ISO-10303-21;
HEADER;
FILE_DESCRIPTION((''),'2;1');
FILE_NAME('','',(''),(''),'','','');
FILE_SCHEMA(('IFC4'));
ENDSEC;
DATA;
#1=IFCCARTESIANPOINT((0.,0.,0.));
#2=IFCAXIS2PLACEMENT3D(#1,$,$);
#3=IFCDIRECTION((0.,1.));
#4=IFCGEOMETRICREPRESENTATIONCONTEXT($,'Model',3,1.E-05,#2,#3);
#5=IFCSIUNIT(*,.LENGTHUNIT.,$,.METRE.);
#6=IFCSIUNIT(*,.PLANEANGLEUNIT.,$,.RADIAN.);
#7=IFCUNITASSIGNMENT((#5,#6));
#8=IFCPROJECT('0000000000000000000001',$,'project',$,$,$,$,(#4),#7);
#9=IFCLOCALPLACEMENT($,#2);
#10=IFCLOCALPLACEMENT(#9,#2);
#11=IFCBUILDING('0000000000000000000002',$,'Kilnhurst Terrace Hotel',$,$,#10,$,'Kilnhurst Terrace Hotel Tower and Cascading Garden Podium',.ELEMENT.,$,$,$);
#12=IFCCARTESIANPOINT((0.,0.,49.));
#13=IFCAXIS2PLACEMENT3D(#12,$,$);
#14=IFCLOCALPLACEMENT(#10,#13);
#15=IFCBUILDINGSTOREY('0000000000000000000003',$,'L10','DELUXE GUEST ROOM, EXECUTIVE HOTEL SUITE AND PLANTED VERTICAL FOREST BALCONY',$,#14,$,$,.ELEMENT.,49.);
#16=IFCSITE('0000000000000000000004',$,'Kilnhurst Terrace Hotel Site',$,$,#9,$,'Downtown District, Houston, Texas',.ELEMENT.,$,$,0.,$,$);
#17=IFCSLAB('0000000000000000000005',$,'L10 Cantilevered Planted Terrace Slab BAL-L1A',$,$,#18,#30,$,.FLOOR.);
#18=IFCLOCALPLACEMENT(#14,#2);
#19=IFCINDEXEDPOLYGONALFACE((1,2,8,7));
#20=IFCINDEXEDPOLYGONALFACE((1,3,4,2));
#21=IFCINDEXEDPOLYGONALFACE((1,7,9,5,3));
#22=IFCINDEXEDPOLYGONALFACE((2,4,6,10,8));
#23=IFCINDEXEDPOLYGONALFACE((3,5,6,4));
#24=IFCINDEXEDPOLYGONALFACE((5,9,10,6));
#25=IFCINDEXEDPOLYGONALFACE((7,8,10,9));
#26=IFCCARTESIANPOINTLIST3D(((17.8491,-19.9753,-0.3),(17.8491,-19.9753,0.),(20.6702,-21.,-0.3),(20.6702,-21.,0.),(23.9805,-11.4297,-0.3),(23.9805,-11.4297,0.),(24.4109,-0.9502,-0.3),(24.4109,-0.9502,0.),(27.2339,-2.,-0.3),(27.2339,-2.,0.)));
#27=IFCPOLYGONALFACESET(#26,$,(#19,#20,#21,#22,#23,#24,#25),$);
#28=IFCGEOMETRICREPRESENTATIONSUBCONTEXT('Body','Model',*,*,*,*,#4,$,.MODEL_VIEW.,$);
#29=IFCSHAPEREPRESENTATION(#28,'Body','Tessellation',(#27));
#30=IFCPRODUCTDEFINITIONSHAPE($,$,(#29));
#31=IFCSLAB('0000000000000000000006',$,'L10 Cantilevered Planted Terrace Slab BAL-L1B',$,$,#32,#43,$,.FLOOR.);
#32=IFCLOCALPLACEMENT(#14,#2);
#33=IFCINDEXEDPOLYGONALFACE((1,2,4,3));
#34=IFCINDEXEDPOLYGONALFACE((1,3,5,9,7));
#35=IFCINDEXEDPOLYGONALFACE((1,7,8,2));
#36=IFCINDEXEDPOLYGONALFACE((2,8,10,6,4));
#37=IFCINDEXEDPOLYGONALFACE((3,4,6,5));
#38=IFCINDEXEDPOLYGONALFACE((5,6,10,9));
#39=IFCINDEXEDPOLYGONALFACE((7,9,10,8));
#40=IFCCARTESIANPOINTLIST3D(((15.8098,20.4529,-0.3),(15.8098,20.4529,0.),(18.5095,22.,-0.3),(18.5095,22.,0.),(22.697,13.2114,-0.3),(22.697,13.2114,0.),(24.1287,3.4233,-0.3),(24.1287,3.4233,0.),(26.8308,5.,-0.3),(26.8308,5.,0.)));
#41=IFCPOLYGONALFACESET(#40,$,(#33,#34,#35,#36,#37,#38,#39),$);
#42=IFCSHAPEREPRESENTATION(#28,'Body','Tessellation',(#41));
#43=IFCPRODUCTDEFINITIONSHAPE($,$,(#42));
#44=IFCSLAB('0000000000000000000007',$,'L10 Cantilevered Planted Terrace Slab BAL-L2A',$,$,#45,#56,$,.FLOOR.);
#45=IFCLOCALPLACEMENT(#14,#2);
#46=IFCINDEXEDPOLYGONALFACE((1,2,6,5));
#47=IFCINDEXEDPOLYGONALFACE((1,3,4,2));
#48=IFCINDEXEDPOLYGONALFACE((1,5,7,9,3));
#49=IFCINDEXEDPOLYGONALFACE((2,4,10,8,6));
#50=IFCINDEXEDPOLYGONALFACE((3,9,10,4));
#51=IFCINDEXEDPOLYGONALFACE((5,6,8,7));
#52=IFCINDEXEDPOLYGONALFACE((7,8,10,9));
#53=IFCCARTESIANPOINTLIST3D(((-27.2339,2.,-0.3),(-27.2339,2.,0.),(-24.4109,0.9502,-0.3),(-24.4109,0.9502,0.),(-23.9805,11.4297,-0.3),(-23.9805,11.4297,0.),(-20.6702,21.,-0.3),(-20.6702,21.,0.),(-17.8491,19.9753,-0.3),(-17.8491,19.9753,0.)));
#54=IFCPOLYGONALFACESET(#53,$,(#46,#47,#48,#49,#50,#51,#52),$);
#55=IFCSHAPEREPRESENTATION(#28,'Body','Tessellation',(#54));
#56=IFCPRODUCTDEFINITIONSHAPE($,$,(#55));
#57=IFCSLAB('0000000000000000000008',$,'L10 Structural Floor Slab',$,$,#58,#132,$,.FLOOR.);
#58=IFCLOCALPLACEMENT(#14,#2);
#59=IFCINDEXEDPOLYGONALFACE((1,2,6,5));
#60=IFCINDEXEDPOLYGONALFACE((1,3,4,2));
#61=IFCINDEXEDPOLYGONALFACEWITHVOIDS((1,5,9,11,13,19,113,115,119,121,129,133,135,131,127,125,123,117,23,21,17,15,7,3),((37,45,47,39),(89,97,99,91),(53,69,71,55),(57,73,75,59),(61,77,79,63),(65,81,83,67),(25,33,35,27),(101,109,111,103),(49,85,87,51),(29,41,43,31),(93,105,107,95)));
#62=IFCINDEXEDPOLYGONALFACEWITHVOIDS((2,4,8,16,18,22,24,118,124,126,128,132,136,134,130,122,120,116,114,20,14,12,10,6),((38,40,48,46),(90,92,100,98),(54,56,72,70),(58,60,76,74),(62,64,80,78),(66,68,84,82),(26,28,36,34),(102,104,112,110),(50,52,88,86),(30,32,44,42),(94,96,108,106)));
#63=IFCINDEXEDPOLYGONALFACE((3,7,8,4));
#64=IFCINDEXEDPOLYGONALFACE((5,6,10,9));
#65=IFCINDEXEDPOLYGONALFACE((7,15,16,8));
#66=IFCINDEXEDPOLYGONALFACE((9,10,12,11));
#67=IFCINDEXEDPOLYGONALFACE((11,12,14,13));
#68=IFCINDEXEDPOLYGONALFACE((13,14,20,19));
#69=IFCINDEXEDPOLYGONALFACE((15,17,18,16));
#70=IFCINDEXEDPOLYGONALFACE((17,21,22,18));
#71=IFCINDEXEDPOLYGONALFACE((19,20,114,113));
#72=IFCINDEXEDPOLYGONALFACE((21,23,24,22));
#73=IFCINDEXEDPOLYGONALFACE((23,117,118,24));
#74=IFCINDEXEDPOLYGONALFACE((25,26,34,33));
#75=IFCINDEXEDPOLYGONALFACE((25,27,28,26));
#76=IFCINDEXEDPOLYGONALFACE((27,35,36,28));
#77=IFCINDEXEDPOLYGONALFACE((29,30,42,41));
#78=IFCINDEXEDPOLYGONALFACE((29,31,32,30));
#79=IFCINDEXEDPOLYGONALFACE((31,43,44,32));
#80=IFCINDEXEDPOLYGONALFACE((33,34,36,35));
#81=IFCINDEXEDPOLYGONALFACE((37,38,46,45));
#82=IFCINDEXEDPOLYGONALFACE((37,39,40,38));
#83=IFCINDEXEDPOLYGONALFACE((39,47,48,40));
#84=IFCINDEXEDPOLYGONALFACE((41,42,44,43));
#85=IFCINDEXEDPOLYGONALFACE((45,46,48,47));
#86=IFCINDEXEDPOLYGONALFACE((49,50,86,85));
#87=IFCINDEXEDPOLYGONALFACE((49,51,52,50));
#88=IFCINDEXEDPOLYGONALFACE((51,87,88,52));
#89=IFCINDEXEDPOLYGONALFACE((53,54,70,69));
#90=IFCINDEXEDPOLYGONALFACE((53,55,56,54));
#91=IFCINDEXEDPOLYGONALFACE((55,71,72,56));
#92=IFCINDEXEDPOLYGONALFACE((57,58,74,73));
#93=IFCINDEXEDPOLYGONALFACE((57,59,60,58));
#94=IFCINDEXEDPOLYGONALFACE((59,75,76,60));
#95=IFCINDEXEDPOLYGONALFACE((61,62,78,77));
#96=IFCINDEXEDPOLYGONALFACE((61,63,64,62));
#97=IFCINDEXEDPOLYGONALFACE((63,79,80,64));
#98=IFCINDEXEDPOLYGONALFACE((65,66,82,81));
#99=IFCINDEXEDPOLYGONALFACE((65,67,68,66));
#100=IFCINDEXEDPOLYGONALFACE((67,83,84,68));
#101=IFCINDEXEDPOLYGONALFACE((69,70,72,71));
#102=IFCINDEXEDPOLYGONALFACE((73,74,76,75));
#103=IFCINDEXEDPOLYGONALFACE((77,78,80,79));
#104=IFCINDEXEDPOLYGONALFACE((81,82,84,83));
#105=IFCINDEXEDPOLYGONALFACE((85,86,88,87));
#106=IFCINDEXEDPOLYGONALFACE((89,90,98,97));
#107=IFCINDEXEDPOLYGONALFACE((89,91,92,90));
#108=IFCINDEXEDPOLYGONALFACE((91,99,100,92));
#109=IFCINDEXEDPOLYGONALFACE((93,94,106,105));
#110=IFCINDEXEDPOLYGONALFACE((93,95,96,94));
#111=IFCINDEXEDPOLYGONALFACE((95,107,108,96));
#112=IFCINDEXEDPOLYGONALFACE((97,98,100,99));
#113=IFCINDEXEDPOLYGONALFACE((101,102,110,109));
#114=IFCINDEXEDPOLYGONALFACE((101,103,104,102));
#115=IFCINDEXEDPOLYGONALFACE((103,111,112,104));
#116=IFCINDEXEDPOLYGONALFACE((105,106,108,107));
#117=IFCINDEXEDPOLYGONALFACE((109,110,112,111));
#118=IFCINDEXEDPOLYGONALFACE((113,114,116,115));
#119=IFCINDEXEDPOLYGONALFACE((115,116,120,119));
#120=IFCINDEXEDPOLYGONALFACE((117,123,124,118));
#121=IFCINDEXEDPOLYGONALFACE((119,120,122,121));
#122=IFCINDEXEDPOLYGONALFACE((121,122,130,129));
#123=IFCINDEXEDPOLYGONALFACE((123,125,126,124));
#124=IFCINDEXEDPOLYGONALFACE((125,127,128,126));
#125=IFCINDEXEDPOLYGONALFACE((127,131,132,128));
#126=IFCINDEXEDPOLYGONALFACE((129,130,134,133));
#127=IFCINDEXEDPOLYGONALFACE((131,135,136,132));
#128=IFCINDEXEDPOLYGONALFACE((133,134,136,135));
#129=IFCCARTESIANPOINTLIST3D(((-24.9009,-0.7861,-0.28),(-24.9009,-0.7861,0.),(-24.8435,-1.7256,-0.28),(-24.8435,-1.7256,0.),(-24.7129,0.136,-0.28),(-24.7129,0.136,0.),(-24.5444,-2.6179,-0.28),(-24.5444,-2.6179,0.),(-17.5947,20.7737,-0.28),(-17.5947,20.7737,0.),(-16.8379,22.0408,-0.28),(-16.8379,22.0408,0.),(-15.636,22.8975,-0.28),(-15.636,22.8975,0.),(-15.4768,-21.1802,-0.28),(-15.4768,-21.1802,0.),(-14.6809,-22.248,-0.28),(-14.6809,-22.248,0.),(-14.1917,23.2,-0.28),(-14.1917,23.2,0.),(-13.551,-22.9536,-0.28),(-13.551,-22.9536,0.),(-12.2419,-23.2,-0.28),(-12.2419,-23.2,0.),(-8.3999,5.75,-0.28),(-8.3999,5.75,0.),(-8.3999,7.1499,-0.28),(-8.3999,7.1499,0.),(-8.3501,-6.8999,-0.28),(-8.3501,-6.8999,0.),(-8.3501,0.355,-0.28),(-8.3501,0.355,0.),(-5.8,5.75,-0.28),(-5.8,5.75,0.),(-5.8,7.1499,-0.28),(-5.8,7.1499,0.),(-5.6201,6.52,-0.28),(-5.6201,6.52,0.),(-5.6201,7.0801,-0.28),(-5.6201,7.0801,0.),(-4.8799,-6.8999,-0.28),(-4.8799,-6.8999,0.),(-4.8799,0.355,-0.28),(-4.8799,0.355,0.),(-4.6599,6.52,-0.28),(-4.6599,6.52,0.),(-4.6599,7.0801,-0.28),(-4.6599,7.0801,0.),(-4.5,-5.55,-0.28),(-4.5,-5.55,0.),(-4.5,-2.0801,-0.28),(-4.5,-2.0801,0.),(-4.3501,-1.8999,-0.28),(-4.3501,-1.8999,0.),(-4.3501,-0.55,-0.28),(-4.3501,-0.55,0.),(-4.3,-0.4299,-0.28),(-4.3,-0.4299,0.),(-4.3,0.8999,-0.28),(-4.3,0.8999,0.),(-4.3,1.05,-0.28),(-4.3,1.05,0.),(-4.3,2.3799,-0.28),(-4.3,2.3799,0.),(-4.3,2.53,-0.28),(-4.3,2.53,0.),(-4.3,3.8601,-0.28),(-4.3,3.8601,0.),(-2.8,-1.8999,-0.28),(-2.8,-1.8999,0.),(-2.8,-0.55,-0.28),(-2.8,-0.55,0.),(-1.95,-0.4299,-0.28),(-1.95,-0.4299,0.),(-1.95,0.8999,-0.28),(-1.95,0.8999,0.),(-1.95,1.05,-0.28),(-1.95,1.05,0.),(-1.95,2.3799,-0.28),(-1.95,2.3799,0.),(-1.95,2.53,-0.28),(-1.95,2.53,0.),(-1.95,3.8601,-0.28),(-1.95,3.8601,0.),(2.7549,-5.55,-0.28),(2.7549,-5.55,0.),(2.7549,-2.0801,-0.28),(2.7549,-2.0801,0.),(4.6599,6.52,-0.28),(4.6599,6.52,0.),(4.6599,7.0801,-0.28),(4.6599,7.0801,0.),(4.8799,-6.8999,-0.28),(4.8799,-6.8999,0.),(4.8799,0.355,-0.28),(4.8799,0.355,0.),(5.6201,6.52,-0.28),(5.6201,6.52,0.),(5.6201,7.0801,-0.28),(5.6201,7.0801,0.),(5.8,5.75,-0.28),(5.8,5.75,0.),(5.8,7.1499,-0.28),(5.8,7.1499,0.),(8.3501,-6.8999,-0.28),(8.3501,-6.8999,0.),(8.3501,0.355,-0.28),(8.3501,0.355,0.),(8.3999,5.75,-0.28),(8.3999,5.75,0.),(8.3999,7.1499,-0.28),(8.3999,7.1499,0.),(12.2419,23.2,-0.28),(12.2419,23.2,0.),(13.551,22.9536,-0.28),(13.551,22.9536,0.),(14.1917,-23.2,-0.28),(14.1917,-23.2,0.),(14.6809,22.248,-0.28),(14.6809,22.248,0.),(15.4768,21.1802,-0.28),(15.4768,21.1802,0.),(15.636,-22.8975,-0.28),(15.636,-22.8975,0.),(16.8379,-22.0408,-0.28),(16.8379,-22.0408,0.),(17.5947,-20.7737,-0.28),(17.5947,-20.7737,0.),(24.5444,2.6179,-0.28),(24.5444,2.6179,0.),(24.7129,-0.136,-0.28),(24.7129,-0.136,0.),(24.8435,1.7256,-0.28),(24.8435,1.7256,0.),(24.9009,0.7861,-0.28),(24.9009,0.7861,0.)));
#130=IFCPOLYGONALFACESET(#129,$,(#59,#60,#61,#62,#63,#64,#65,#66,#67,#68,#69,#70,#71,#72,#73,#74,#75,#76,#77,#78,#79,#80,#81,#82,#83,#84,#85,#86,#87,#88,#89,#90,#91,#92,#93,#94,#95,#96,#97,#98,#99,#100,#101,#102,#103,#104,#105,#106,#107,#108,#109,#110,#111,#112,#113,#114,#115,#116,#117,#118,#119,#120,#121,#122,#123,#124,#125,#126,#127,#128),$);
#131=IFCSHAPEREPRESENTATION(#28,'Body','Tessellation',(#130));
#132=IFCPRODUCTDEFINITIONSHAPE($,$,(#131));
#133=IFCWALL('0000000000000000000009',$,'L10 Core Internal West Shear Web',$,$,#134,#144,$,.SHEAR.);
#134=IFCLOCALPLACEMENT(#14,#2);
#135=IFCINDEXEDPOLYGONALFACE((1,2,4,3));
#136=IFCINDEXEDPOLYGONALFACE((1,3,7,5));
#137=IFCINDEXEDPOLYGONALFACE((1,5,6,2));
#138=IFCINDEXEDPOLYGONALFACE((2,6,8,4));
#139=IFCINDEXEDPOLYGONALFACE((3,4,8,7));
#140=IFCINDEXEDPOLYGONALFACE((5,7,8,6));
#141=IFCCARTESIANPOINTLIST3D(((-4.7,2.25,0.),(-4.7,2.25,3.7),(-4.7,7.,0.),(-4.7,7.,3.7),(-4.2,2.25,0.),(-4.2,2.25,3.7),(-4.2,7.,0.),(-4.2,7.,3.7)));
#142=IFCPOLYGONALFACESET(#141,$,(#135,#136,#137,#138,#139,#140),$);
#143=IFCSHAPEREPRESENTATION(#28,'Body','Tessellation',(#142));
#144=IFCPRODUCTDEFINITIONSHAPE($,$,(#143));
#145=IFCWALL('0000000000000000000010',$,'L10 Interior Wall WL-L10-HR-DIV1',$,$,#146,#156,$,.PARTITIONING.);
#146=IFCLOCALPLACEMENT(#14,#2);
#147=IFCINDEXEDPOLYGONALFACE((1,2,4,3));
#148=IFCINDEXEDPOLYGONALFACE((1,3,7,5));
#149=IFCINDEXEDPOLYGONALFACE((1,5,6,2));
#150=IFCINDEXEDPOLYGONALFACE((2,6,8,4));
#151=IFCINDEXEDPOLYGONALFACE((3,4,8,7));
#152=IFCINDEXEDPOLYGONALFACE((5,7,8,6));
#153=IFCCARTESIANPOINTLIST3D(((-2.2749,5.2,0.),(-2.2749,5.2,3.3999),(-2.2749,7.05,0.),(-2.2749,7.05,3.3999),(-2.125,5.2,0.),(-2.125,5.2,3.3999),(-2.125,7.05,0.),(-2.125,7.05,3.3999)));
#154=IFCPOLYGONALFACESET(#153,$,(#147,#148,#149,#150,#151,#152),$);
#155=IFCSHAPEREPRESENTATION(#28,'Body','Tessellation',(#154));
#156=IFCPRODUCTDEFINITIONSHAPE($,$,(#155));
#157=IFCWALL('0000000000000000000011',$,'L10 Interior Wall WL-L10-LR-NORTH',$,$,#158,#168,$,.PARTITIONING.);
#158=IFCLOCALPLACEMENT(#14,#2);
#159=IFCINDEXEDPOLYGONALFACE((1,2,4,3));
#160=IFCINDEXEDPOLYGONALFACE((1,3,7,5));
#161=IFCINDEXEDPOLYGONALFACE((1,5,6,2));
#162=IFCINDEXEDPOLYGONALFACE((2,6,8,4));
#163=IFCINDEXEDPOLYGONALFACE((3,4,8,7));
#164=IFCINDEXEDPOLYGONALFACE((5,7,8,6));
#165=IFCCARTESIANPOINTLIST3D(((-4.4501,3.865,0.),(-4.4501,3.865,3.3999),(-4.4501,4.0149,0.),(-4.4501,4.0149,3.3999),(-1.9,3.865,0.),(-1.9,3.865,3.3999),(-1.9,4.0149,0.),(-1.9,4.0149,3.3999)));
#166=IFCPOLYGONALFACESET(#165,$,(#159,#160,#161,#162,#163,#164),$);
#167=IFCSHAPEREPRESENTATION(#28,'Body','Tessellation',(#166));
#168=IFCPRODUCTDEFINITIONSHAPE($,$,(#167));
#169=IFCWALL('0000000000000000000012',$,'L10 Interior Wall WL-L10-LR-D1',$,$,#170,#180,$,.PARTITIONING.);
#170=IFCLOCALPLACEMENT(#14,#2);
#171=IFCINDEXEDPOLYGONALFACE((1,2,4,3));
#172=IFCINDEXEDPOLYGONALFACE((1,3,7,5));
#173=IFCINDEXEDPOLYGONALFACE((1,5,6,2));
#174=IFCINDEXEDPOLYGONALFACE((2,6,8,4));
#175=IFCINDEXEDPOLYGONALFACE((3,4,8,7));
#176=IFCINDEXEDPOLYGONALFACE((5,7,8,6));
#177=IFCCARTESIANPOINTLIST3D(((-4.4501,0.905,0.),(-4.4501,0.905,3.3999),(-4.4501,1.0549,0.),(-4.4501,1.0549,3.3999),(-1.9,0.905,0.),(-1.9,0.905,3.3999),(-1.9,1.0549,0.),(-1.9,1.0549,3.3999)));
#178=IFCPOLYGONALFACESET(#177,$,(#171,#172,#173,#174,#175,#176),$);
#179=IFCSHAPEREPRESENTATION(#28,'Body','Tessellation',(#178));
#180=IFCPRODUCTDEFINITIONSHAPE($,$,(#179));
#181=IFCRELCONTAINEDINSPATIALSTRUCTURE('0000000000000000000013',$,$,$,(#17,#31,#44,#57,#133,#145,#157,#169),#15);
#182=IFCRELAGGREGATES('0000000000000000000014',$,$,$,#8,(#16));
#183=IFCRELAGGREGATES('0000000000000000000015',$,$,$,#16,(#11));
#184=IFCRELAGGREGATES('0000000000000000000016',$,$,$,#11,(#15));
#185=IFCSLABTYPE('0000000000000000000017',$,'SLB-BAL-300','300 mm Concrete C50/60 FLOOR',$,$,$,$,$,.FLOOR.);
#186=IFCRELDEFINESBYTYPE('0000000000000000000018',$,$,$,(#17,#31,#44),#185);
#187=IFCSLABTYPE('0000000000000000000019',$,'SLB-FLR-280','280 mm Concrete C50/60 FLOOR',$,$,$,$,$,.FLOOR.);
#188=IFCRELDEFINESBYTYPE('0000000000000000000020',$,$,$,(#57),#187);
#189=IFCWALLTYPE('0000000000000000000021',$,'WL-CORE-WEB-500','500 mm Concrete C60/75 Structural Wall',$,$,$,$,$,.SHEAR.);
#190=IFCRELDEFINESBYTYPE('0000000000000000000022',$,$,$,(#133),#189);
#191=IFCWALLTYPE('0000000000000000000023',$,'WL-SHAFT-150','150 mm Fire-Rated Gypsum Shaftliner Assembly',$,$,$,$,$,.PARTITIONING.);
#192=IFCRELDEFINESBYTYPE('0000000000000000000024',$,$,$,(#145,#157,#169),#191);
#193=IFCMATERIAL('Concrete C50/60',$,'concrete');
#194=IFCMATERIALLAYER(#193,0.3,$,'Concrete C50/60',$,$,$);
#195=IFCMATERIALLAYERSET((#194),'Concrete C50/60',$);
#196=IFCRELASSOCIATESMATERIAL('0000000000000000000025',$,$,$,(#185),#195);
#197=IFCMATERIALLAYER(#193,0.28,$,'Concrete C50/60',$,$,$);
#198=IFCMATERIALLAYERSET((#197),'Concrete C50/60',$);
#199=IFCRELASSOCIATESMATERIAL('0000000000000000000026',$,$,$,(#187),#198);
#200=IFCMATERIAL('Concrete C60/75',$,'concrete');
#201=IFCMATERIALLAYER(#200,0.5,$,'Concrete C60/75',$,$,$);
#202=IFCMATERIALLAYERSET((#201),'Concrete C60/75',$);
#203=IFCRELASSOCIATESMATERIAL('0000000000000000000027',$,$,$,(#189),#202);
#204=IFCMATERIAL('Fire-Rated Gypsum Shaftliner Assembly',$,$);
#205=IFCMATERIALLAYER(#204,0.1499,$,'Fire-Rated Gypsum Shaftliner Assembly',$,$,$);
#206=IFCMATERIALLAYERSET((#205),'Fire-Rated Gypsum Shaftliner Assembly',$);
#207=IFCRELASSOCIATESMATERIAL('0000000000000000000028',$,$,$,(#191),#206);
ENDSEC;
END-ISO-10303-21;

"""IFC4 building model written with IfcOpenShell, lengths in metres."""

from ifc_helpers import new_model, si_unit, direction, frame, frame_2d, origin, place, context, subcontext, project, spatial, polyline, rectangle, outline, extrude, material, layer, layer_set, type_object, element, save


model = new_model("IFC4")

# Units and contexts
model_context = context("Model", 3, precision=1e-05, world=origin(), true_north=direction((0.0, 1.0)))
body_context = subcontext(model_context, "Body", "Model", "MODEL_VIEW")
ifc_project = project(units=[si_unit("LENGTHUNIT", "METRE"), si_unit("PLANEANGLEUNIT", "RADIAN")], contexts=[model_context])

# Site, building, storey
site_placement = place(None, origin())
site = spatial("IfcSite", under=ifc_project, at=site_placement, Name="Kilnhurst Terrace Hotel Site", LongName="Downtown District, Houston, Texas", CompositionType="ELEMENT", RefElevation=0.0)
building_placement = place(site_placement, origin())
building = spatial("IfcBuilding", under=site, at=building_placement, Name="Kilnhurst Terrace Hotel", LongName="Kilnhurst Terrace Hotel Tower and Cascading Garden Podium", CompositionType="ELEMENT")
storey_placement = place(building_placement, frame((0.0, 0.0, 49.0)))
storey = spatial("IfcBuildingStorey", under=building, at=storey_placement, Name="L10", Description="DELUXE GUEST ROOM, EXECUTIVE HOTEL SUITE AND PLANTED VERTICAL FOREST BALCONY", CompositionType="ELEMENT", Elevation=49.0)

# Slabs
ifc_material_1 = material(Name="Concrete C50/60", Category="concrete")
ifc_layer_1 = layer(ifc_material_1, 0.3, Name="Concrete C50/60")
ifc_layer_set_1 = layer_set([ifc_layer_1], Name="Concrete C50/60")
slab_type_1 = type_object("IfcSlabType", Name="SLB-BAL-300", Description="300 mm Concrete C50/60 FLOOR", PredefinedType="FLOOR", material=ifc_layer_set_1)
slab_1_placement = place(storey_placement, frame((0.0, 0.0, -0.3)))
element("IfcSlab", 1, at=slab_1_placement, inside=storey, type_object=slab_type_1, Name="L10 Cantilevered Planted Terrace Slab BAL-L1A", PredefinedType="FLOOR", context=body_context, shape_type="SweptSolid", body=[
    extrude(outline(polyline([(23.9805, -11.4297), (20.6702, -21.0), (17.8491, -19.9753), (24.4109, -0.9502), (27.2339, -2.0), (23.9805, -11.4297)])), origin(), (0.0, 0.0, 1.0), 0.3),
])
slab_2_placement = place(storey_placement, frame((0.0, 0.0, -0.3)))
element("IfcSlab", 2, at=slab_2_placement, inside=storey, type_object=slab_type_1, Name="L10 Cantilevered Planted Terrace Slab BAL-L1B", PredefinedType="FLOOR", context=body_context, shape_type="SweptSolid", body=[
    extrude(outline(polyline([(26.8308, 5.0), (24.1287, 3.4233), (15.8098, 20.4529), (18.5095, 22.0), (22.697, 13.2114), (26.8308, 5.0)])), origin(), (0.0, 0.0, 1.0), 0.3),
])
slab_3_placement = place(storey_placement, frame((0.0, 0.0, -0.3)))
element("IfcSlab", 3, at=slab_3_placement, inside=storey, type_object=slab_type_1, Name="L10 Cantilevered Planted Terrace Slab BAL-L2A", PredefinedType="FLOOR", context=body_context, shape_type="SweptSolid", body=[
    extrude(outline(polyline([(-20.6702, 21.0), (-17.8491, 19.9753), (-24.4109, 0.9502), (-27.2339, 2.0), (-23.9805, 11.4297), (-20.6702, 21.0)])), origin(), (0.0, 0.0, 1.0), 0.3),
])
ifc_layer_2 = layer(ifc_material_1, 0.28, Name="Concrete C50/60")
ifc_layer_set_2 = layer_set([ifc_layer_2], Name="Concrete C50/60")
slab_type_2 = type_object("IfcSlabType", Name="SLB-FLR-280", Description="280 mm Concrete C50/60 FLOOR", PredefinedType="FLOOR", material=ifc_layer_set_2)
slab_4_placement = place(storey_placement, frame((0.0, 0.0, -0.28)))
element("IfcSlab", 4, at=slab_4_placement, inside=storey, type_object=slab_type_2, Name="L10 Structural Floor Slab", PredefinedType="FLOOR", context=body_context, shape_type="SweptSolid", body=[
    extrude(outline(polyline([(-15.4768, -21.1802), (-14.6809, -22.248), (-13.551, -22.9536), (-12.2419, -23.2), (14.1917, -23.2), (15.636, -22.8975), (16.8379, -22.0408), (17.5947, -20.7737), (24.7129, -0.136), (24.9009, 0.7861), (24.8435, 1.7256), (24.5444, 2.6179), (15.4768, 21.1802), (14.6809, 22.248), (13.551, 22.9536), (12.2419, 23.2), (-14.1917, 23.2), (-15.636, 22.8975), (-16.8379, 22.0408), (-17.5947, 20.7737), (-24.7129, 0.136), (-24.9009, -0.7861), (-24.8435, -1.7256), (-24.5444, -2.6179), (-15.4768, -21.1802)]), holes=[polyline([(-8.3501, 0.355), (-4.8799, 0.355), (-4.8799, -6.8999), (-8.3501, -6.8999), (-8.3501, 0.355)]), polyline([(-2.8, -1.8999), (-4.3501, -1.8999), (-4.3501, -0.55), (-2.8, -0.55), (-2.8, -1.8999)]), polyline([(-1.95, -0.4299), (-4.3, -0.4299), (-4.3, 0.8999), (-1.95, 0.8999), (-1.95, -0.4299)]), polyline([(-4.3, 1.05), (-4.3, 2.3799), (-1.95, 2.3799), (-1.95, 1.05), (-4.3, 1.05)]), polyline([(-8.3999, 5.75), (-8.3999, 7.1499), (-5.8, 7.1499), (-5.8, 5.75), (-8.3999, 5.75)]), polyline([(-4.6599, 6.52), (-5.6201, 6.52), (-5.6201, 7.0801), (-4.6599, 7.0801), (-4.6599, 6.52)]), polyline([(2.7549, -5.55), (-4.5, -5.55), (-4.5, -2.0801), (2.7549, -2.0801), (2.7549, -5.55)]), polyline([(8.3501, 0.355), (8.3501, -6.8999), (4.8799, -6.8999), (4.8799, 0.355), (8.3501, 0.355)]), polyline([(-1.95, 2.53), (-4.3, 2.53), (-4.3, 3.8601), (-1.95, 3.8601), (-1.95, 2.53)]), polyline([(5.8, 5.75), (5.8, 7.1499), (8.3999, 7.1499), (8.3999, 5.75), (5.8, 5.75)]), polyline([(4.6599, 6.52), (4.6599, 7.0801), (5.6201, 7.0801), (5.6201, 6.52), (4.6599, 6.52)])]), origin(), (0.0, 0.0, 1.0), 0.28),
])

# Walls
ifc_material_2 = material(Name="Concrete C60/75", Category="concrete")
ifc_layer_3 = layer(ifc_material_2, 0.5, Name="Concrete C60/75")
ifc_layer_set_3 = layer_set([ifc_layer_3], Name="Concrete C60/75")
wall_type_1 = type_object("IfcWallType", Name="WL-CORE-WEB-500", Description="500 mm Concrete C60/75 Structural Wall", PredefinedType="SHEAR", material=ifc_layer_set_3)
wall_1_placement = place(storey_placement, frame((-4.45, 2.25, 0.0), z_axis=(0.0, 0.0, 1.0), x_axis=(0.0, 1.0, 0.0)))
element("IfcWall", 5, at=wall_1_placement, inside=storey, type_object=wall_type_1, Name="L10 Core Internal West Shear Web", PredefinedType="SHEAR", context=body_context, shape_type="SweptSolid", body=[
    extrude(rectangle(XDim=4.75, YDim=0.5, at=frame_2d((2.375, 0.0))), origin(), (0.0, 0.0, 1.0), 3.7),
])
ifc_material_3 = material(Name="Fire-Rated Gypsum Shaftliner Assembly")
ifc_layer_4 = layer(ifc_material_3, 0.1499, Name="Fire-Rated Gypsum Shaftliner Assembly")
ifc_layer_set_4 = layer_set([ifc_layer_4], Name="Fire-Rated Gypsum Shaftliner Assembly")
wall_type_2 = type_object("IfcWallType", Name="WL-SHAFT-150", Description="150 mm Fire-Rated Gypsum Shaftliner Assembly", PredefinedType="PARTITIONING", material=ifc_layer_set_4)
wall_2_placement = place(storey_placement, frame((-2.2, 5.2, 0.0), z_axis=(0.0, 0.0, 1.0), x_axis=(0.0, 1.0, 0.0)))
element("IfcWall", 6, at=wall_2_placement, inside=storey, type_object=wall_type_2, Name="L10 Interior Wall WL-L10-HR-DIV1", PredefinedType="PARTITIONING", context=body_context, shape_type="SweptSolid", body=[
    extrude(rectangle(XDim=1.8501, YDim=0.1499, at=frame_2d((0.925, 0.0))), origin(), (0.0, 0.0, 1.0), 3.3999),
])
for number, where, z_axis, x_axis, name in (
    (7, (-4.45, 3.9399, 0.0), (0.0, 0.0, 1.0), (1.0, 0.0, 0.0), "L10 Interior Wall WL-L10-LR-NORTH"),
    (8, (-4.45, 0.98, 0.0), (0.0, 0.0, 1.0), (1.0, 0.0, 0.0), "L10 Interior Wall WL-L10-LR-D1"),
):
    element("IfcWall", number, at=place(storey_placement, frame(where, z_axis=z_axis, x_axis=x_axis)), inside=storey, type_object=wall_type_2, Name=name, PredefinedType="PARTITIONING", context=body_context, shape_type="SweptSolid", body=[
        extrude(rectangle(XDim=2.55, YDim=0.1499, at=frame_2d((1.2749, 0.0))), origin(), (0.0, 0.0, 1.0), 3.3999),
    ])

save(model, "model.ifc")
